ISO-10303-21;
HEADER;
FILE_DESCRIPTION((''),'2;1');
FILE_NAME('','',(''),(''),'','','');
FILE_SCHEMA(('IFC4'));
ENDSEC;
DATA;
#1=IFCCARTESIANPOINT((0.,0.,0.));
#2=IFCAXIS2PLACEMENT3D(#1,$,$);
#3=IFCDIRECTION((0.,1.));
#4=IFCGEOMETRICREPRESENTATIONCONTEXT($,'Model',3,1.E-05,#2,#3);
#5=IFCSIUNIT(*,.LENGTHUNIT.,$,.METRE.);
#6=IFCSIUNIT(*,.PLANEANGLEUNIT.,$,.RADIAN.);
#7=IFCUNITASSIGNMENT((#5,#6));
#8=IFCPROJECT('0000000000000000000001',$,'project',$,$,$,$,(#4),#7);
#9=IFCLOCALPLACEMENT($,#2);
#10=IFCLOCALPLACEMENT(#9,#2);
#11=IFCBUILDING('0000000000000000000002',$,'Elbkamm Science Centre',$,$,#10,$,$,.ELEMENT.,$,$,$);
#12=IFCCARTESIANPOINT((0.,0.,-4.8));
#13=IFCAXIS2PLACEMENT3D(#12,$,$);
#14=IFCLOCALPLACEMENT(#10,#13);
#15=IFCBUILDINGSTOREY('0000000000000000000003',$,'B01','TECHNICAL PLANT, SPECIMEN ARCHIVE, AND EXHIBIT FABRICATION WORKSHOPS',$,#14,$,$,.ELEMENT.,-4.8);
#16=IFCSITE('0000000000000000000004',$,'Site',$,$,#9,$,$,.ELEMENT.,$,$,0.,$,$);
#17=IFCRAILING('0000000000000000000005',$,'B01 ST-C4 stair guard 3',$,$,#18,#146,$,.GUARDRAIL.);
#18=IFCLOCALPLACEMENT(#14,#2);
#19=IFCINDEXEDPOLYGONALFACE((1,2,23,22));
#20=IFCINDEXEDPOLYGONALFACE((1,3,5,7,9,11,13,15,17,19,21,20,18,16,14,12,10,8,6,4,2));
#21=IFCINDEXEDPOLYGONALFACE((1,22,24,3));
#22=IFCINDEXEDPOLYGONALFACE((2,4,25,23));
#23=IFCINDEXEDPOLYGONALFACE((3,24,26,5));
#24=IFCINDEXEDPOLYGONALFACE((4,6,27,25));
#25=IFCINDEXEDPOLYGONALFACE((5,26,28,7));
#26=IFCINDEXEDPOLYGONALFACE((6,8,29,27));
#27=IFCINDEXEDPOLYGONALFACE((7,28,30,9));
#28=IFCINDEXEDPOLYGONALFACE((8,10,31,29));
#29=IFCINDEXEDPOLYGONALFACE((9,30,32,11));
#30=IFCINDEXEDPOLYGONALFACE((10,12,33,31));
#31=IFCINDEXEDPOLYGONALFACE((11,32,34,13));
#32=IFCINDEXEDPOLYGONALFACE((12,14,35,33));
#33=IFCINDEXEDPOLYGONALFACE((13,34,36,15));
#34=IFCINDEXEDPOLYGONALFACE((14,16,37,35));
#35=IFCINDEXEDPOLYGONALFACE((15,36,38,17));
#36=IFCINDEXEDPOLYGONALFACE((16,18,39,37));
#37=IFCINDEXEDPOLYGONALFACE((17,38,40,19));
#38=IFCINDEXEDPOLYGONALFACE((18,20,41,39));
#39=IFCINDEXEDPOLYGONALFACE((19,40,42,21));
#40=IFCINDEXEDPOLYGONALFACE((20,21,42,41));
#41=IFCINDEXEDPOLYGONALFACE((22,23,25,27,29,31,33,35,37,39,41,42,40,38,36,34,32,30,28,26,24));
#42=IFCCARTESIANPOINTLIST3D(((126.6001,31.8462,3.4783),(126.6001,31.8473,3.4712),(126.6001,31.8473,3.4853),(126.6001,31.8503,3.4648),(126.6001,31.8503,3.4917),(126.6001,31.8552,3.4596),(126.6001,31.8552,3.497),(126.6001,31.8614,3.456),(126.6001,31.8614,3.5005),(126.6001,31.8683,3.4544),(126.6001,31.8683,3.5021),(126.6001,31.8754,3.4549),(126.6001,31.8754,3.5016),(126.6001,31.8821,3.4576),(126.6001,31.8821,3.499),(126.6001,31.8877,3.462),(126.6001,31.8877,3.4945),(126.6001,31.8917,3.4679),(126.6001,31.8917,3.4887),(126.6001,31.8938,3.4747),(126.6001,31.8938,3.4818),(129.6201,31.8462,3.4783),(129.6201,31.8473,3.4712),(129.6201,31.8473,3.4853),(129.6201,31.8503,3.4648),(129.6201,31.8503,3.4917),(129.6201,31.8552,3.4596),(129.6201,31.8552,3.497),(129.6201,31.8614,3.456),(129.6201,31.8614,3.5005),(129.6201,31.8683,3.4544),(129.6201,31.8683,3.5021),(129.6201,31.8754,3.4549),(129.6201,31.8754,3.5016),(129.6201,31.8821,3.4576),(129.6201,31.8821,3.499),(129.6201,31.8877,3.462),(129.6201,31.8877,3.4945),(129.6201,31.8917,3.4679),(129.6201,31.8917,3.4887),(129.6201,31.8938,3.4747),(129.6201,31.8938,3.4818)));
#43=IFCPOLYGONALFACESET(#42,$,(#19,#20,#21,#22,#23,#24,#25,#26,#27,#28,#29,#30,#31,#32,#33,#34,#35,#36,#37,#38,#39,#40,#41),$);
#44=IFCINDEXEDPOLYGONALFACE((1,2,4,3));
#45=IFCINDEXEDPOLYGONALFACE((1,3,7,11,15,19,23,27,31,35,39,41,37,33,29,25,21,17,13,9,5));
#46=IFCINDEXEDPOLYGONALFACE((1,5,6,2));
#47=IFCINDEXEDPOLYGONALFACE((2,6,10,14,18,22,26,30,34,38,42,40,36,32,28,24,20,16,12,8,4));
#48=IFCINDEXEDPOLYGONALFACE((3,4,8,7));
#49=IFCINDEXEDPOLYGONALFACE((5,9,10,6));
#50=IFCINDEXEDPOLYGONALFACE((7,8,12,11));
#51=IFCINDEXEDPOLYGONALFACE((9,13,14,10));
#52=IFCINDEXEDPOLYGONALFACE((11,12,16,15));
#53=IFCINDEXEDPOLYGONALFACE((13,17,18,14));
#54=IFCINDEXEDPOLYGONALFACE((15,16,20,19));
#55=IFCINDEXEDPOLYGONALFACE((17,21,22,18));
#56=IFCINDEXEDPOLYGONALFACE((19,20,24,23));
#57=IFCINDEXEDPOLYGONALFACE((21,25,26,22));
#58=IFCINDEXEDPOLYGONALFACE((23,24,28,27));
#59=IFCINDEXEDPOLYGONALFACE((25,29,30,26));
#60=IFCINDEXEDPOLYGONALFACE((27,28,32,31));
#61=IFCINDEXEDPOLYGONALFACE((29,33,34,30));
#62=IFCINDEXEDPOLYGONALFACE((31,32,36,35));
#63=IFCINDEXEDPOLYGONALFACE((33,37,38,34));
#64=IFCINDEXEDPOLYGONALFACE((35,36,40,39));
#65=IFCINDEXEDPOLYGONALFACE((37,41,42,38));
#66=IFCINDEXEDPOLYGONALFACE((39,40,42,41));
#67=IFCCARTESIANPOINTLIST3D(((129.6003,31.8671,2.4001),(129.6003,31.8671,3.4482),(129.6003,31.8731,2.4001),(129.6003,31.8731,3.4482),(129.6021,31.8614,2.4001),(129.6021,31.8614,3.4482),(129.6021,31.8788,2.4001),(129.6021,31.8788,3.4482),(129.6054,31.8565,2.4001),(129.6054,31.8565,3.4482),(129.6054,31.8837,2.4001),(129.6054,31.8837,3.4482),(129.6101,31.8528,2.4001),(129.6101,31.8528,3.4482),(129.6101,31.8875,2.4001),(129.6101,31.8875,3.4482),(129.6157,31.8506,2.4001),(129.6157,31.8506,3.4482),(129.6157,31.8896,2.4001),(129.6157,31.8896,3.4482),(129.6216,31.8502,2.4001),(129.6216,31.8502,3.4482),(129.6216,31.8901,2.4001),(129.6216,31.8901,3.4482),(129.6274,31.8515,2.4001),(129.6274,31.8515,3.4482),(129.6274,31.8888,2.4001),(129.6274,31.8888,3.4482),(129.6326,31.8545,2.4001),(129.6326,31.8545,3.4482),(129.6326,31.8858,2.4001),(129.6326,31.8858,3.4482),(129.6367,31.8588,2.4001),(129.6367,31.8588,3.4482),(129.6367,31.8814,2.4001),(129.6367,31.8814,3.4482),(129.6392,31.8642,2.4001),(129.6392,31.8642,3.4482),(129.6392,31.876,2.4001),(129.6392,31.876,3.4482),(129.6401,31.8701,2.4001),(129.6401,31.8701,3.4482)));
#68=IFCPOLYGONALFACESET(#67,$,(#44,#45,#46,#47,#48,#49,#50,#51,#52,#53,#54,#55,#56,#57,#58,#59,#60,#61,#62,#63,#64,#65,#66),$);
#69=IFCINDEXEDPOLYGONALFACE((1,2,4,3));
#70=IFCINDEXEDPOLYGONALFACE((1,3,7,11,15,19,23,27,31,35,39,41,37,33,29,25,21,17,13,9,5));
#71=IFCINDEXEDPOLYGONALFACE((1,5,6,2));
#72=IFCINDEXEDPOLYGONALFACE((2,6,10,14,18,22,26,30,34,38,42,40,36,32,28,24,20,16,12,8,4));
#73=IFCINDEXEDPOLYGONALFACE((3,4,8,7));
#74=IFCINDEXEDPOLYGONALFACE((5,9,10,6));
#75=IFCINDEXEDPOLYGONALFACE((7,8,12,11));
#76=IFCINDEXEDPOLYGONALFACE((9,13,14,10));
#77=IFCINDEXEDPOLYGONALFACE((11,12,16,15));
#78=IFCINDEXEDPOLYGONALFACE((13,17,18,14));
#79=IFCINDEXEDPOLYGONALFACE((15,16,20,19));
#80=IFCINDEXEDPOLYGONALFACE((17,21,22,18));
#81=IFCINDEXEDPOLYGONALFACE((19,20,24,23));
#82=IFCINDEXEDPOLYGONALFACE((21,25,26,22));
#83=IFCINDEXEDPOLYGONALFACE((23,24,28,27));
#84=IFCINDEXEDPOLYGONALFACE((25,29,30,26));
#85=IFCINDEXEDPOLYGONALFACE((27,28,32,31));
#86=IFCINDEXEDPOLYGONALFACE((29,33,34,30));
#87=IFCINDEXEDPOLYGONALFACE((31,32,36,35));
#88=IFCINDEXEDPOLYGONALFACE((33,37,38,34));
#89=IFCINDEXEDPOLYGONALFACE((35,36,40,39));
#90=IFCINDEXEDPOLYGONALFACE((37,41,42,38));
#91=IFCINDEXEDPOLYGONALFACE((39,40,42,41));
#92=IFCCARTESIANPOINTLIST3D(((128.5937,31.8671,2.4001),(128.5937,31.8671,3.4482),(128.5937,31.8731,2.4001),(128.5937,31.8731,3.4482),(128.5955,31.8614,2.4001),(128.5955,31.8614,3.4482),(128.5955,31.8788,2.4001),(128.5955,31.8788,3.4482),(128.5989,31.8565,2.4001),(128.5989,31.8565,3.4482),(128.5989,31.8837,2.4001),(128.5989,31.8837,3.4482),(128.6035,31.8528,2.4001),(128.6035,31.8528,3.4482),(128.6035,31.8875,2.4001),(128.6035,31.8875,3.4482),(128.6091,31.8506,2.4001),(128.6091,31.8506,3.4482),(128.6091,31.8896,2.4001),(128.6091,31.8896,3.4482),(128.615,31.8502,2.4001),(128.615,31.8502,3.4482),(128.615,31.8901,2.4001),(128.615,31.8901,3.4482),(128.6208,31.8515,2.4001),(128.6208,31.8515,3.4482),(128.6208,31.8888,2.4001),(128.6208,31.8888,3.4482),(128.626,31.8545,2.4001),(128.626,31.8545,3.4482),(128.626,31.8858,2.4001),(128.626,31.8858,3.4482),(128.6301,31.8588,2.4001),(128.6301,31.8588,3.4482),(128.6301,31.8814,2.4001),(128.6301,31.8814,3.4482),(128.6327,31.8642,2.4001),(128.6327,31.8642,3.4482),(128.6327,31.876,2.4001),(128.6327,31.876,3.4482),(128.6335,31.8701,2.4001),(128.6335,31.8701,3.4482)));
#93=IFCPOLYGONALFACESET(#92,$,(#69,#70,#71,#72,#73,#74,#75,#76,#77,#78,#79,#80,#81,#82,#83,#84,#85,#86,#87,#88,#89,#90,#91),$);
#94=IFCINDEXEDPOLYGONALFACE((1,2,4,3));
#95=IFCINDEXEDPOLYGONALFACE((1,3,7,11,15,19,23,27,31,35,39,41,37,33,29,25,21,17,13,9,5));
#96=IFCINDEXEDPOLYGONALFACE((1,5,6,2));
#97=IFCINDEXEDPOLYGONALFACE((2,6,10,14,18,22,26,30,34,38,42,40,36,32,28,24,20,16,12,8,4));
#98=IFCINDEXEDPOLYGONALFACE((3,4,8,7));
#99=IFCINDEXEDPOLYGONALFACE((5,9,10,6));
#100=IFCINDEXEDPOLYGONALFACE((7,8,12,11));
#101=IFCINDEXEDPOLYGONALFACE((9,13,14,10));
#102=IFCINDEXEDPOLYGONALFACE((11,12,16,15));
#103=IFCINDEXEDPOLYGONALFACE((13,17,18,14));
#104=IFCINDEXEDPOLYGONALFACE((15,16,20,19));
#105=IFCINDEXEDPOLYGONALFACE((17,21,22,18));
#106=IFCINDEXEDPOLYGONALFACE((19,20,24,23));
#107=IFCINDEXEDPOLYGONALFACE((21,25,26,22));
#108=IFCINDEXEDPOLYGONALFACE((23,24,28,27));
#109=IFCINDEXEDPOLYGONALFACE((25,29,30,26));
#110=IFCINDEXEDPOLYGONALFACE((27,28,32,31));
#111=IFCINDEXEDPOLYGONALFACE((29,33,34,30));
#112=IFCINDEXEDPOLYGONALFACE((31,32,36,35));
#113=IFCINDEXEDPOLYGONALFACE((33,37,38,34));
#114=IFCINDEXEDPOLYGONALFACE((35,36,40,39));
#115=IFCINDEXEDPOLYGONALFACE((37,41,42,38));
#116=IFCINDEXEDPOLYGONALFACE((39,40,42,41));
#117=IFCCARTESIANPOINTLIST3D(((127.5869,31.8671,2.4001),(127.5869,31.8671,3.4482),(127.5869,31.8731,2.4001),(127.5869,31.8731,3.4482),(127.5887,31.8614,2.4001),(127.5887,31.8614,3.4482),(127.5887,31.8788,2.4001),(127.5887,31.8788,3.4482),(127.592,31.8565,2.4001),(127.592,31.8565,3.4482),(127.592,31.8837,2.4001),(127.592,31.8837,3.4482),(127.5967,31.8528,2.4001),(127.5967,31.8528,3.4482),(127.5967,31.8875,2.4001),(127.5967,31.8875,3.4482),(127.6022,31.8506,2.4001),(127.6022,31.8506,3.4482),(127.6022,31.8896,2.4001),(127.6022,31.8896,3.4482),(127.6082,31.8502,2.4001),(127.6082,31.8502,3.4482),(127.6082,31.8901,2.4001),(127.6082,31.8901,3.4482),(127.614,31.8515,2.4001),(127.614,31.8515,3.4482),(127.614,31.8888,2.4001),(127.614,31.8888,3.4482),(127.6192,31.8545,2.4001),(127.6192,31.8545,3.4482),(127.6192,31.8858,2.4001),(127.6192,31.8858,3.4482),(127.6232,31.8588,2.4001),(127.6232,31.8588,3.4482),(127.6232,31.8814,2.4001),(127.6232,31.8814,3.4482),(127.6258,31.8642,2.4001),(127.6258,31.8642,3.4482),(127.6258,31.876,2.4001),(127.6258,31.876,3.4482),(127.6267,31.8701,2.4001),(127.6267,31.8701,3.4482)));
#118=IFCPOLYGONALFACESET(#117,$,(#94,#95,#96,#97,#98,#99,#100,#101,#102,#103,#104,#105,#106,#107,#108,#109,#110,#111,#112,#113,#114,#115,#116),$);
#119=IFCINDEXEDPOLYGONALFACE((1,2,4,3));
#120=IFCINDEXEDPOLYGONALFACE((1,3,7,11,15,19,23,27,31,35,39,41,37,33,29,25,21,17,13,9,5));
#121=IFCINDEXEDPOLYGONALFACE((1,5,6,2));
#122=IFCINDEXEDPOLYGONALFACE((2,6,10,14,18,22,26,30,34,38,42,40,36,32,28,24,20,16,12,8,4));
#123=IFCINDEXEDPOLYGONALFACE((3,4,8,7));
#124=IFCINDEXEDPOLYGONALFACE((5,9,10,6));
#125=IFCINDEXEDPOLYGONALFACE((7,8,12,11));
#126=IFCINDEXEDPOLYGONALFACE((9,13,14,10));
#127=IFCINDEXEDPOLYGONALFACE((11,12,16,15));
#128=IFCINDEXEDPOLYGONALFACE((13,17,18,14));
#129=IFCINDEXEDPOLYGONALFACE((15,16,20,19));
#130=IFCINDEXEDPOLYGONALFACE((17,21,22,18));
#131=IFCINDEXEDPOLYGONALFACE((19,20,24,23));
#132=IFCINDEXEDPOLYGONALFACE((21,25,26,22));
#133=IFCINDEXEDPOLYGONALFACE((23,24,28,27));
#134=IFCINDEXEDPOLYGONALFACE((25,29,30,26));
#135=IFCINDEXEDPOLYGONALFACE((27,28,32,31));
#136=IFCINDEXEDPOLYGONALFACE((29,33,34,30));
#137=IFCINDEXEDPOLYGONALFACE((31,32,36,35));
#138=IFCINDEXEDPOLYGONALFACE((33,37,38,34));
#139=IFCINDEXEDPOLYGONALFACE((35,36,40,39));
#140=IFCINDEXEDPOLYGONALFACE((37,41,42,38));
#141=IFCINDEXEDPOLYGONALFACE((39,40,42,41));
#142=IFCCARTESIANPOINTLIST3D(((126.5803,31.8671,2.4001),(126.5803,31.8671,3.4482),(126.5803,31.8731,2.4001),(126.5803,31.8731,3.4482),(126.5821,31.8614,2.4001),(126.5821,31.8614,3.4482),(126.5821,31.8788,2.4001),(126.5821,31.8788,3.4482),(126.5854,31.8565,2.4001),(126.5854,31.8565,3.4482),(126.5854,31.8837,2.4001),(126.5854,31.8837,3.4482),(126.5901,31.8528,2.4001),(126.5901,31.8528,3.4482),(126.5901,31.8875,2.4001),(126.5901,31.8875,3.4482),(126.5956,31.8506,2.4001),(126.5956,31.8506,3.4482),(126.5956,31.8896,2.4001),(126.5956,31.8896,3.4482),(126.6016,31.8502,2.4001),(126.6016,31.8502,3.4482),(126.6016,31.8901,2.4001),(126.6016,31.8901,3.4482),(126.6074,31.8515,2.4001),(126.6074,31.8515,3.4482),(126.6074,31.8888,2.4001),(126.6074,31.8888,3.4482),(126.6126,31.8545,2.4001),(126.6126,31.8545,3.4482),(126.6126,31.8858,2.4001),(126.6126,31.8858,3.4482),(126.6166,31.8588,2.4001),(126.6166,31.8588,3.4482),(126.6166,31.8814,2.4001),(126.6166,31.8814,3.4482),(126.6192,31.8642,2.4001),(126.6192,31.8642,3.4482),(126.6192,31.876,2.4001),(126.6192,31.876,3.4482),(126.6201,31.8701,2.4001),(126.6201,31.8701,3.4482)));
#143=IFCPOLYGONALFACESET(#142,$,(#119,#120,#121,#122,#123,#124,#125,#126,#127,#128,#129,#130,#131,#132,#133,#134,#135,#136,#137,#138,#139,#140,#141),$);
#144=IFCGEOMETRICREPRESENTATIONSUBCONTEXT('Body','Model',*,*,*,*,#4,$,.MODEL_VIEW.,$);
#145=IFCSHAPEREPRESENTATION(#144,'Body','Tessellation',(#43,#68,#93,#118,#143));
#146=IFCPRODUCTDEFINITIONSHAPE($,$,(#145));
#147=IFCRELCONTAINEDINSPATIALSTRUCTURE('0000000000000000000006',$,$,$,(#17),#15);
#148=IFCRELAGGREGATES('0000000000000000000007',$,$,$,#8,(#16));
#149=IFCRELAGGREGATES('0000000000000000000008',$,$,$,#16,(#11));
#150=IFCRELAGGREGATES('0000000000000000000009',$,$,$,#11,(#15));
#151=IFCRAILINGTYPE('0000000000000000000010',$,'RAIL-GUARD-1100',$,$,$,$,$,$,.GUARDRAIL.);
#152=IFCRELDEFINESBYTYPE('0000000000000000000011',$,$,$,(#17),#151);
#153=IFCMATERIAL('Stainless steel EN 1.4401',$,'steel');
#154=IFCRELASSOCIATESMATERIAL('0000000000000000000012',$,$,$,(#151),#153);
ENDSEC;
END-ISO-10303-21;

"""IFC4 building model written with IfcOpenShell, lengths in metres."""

from ifc_helpers import new_model, si_unit, direction, frame, origin, origin_2d, place, context, subcontext, project, spatial, circle, extrude, material, type_object, element, save


model = new_model("IFC4")

# Units and contexts
model_context = context("Model", 3, precision=1e-05, world=origin(), true_north=direction((0.0, 1.0)))
body_context = subcontext(model_context, "Body", "Model", "MODEL_VIEW")
ifc_project = project(units=[si_unit("LENGTHUNIT", "METRE"), si_unit("PLANEANGLEUNIT", "RADIAN")], contexts=[model_context])

# Site, building, storey
site_placement = place(None, origin())
site = spatial("IfcSite", under=ifc_project, at=site_placement, Name="Site", CompositionType="ELEMENT", RefElevation=0.0)
building_placement = place(site_placement, origin())
building = spatial("IfcBuilding", under=site, at=building_placement, Name="Elbkamm Science Centre", CompositionType="ELEMENT")
storey_placement = place(building_placement, frame((0.0, 0.0, -4.8)))
storey = spatial("IfcBuildingStorey", under=building, at=storey_placement, Name="B01", Description="TECHNICAL PLANT, SPECIMEN ARCHIVE, AND EXHIBIT FABRICATION WORKSHOPS", CompositionType="ELEMENT", Elevation=-4.8)

# Railing
ifc_material_1 = material(Name="Stainless steel EN 1.4401", Category="steel")
railing_type_1 = type_object("IfcRailingType", Name="RAIL-GUARD-1100", PredefinedType="GUARDRAIL", material=ifc_material_1)
railing_1_placement = place(storey_placement, frame((129.6201, 31.8701, 2.4001)))
element("IfcRailing", 1, at=railing_1_placement, inside=storey, type_object=railing_type_1, Name="B01 ST-C4 stair guard 3", PredefinedType="GUARDRAIL", context=body_context, shape_type="SweptSolid", body=[
    extrude(circle(Radius=0.0239, at=origin_2d()), frame((0.0, 0.0, 1.0781), z_axis=(-1.0, 0.0, 0.0), x_axis=(0.0, -1.0, 0.0)), (0.0, 0.0, 1.0), 3.02),
    extrude(circle(Radius=0.02, at=origin_2d()), origin(), (0.0, 0.0, 1.0), 1.0481),
    extrude(circle(Radius=0.02, at=origin_2d()), frame((-1.0066, 0.0, 0.0)), (0.0, 0.0, 1.0), 1.0481),
    extrude(circle(Radius=0.02, at=origin_2d()), frame((-2.0134, 0.0, 0.0)), (0.0, 0.0, 1.0), 1.0481),
    extrude(circle(Radius=0.02, at=origin_2d()), frame((-3.02, 0.0, 0.0)), (0.0, 0.0, 1.0), 1.0481),
])

save(model, "model.ifc")
